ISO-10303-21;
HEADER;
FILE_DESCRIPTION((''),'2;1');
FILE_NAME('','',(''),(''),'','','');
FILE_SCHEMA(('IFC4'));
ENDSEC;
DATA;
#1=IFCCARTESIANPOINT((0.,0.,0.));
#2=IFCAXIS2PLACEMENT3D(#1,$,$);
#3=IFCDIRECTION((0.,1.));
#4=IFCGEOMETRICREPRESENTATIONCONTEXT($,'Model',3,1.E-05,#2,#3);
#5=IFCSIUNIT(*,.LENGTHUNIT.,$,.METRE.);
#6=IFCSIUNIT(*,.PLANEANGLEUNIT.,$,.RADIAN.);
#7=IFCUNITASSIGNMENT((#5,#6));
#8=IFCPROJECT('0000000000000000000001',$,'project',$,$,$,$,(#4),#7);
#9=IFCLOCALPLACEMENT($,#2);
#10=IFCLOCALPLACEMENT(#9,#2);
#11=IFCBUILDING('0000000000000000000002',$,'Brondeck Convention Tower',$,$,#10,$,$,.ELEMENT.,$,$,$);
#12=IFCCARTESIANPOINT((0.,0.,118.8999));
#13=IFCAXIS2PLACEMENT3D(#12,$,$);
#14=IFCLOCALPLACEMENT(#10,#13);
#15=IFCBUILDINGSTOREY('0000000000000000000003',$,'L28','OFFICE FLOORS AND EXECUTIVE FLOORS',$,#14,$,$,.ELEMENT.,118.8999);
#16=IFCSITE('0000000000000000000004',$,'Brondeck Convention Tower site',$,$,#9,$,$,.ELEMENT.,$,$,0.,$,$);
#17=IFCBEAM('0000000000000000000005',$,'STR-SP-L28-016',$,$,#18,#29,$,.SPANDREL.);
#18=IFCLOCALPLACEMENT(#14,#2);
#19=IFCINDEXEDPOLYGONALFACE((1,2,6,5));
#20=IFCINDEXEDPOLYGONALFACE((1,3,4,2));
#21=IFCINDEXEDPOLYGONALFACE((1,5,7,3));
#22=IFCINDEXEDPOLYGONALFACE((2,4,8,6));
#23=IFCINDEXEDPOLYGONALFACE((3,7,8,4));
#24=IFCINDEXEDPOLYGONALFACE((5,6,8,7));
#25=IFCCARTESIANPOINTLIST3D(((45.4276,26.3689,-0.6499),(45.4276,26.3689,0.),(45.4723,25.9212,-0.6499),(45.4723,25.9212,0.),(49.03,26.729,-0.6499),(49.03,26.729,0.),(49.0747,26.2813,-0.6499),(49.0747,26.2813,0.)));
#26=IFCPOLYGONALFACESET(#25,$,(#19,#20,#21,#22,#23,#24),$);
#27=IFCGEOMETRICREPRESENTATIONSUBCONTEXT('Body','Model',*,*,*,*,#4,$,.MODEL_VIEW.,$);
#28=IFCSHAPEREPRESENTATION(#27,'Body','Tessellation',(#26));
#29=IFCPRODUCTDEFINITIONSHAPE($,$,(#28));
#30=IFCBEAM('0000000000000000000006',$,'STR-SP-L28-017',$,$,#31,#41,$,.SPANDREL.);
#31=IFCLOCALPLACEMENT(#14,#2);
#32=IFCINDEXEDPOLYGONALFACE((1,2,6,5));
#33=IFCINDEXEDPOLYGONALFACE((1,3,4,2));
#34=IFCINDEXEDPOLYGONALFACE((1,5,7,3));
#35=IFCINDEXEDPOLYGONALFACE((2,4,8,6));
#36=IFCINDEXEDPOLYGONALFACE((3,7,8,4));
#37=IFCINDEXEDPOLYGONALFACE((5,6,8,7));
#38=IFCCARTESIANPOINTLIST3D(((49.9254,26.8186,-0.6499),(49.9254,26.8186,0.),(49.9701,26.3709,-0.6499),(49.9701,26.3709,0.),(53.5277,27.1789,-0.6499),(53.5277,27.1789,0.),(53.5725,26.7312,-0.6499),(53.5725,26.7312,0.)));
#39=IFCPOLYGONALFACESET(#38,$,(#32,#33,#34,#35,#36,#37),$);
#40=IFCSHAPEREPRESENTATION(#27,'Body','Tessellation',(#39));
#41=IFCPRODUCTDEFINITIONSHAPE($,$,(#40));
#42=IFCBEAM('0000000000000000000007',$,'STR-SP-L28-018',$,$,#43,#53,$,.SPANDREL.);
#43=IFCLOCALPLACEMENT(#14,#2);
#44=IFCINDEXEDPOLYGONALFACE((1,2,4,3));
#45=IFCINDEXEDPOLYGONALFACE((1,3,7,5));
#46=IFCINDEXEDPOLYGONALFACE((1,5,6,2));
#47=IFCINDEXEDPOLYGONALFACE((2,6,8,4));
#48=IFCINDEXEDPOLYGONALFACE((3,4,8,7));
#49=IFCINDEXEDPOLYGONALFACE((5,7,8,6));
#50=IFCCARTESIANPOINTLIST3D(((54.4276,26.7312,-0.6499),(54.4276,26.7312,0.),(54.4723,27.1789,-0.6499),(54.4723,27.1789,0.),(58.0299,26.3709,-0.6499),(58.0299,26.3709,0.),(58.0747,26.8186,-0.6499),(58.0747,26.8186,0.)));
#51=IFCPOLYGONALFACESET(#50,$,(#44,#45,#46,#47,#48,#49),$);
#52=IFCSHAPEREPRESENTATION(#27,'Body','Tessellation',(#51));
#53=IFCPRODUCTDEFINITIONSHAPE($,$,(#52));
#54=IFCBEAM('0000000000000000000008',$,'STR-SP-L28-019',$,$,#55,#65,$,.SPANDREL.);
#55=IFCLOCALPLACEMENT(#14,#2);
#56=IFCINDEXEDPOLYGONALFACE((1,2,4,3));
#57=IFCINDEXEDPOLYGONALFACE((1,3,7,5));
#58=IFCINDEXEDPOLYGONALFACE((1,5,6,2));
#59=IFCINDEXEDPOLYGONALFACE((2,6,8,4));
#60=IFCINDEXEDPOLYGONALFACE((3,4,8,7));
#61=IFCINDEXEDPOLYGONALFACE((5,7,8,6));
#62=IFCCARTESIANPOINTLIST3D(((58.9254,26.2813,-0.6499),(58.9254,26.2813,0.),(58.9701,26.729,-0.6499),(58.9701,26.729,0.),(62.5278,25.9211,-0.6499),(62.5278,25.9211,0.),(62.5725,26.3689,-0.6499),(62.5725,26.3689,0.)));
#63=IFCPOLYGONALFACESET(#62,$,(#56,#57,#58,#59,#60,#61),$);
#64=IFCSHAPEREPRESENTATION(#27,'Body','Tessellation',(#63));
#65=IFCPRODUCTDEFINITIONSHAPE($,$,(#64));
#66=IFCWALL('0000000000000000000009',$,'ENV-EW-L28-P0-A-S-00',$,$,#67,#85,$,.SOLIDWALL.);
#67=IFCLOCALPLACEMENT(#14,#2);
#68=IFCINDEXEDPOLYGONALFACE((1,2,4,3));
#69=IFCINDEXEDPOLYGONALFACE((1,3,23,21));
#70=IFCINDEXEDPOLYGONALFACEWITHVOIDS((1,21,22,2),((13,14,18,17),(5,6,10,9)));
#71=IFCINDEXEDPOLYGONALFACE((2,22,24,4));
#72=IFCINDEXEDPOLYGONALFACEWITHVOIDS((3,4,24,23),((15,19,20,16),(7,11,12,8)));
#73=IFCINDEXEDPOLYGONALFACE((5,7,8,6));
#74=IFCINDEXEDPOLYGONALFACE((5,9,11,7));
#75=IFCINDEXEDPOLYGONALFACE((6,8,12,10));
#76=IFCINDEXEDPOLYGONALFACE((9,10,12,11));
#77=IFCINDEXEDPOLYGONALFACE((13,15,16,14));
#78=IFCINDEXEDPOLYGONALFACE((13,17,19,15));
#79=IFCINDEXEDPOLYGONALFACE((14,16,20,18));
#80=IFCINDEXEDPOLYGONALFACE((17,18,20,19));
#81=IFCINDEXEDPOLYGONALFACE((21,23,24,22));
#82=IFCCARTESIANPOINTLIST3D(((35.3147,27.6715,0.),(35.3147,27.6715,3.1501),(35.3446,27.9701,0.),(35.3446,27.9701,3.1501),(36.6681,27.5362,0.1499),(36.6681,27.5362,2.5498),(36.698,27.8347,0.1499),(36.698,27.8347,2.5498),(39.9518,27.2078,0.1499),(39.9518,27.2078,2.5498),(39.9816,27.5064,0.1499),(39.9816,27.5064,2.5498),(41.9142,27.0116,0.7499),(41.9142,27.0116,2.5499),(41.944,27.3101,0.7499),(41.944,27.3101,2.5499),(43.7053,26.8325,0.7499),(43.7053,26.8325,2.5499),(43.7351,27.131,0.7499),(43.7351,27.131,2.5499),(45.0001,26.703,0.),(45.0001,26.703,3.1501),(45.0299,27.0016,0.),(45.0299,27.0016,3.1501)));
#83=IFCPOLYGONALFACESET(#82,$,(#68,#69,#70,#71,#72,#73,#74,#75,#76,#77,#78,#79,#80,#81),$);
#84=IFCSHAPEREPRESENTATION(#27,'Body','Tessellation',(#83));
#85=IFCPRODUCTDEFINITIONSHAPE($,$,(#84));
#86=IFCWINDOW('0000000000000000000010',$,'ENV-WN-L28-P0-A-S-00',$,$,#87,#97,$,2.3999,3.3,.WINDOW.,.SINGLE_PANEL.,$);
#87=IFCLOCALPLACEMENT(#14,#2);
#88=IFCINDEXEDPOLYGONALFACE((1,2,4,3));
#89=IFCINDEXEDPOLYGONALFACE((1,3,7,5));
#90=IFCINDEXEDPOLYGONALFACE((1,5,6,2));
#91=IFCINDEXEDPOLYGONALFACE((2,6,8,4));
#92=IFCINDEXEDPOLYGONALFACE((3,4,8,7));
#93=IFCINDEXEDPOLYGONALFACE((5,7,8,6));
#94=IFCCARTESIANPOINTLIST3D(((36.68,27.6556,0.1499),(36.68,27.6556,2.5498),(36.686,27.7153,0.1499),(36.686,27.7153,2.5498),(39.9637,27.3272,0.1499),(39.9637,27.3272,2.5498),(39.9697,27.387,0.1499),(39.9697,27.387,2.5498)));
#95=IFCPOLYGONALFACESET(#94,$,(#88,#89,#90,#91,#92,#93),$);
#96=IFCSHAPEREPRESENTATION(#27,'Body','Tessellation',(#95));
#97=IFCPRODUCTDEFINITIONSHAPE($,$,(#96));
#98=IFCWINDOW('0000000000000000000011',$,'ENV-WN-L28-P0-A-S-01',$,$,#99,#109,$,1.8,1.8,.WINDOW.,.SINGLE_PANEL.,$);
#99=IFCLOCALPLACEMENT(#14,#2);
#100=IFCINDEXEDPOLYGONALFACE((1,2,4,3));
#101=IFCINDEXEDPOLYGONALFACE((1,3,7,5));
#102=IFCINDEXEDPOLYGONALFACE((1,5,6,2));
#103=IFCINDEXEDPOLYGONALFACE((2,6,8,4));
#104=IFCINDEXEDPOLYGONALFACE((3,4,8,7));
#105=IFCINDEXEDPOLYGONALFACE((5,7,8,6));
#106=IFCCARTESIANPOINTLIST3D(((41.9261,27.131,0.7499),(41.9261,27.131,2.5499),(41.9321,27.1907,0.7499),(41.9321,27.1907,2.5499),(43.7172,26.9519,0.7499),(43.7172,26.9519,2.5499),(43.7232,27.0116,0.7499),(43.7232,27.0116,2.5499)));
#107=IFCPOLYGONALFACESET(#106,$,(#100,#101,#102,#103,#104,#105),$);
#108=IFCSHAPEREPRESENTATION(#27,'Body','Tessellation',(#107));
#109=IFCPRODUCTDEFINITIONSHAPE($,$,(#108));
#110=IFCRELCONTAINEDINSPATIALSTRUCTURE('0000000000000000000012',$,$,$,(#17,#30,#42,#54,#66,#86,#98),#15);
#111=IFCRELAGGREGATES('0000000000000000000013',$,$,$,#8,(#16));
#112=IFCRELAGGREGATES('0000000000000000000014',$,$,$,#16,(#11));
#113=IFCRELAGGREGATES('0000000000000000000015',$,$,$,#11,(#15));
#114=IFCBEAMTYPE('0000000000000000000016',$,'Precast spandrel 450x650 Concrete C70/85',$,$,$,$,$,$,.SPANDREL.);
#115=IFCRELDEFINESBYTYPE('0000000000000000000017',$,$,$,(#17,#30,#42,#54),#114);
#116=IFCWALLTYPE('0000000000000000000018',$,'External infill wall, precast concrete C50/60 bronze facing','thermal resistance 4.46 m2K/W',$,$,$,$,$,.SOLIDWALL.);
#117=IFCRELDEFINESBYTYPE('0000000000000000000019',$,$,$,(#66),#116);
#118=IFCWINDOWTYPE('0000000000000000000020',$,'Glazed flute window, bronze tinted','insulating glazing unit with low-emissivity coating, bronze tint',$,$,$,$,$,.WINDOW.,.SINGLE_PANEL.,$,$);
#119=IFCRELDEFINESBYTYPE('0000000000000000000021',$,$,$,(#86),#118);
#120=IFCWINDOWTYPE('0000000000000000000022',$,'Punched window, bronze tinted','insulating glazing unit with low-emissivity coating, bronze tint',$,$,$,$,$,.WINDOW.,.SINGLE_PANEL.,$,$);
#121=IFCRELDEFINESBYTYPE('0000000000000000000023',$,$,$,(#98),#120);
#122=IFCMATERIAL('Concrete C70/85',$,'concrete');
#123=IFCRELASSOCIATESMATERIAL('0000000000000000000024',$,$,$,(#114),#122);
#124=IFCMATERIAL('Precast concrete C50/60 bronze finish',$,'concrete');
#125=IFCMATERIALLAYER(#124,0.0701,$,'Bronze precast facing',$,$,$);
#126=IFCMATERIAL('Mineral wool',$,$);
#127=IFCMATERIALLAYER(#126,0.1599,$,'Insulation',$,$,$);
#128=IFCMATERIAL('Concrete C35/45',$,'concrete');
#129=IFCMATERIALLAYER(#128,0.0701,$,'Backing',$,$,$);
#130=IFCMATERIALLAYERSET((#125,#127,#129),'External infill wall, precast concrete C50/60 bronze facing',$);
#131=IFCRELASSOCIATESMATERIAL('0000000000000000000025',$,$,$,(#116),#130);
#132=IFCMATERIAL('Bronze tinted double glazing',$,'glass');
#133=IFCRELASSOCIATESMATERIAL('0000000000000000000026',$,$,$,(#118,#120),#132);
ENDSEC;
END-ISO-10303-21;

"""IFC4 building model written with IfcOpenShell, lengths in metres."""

from ifc_helpers import new_model, si_unit, direction, frame, frame_2d, origin, origin_2d, place, context, subcontext, project, spatial, rectangle, extrude, material, layer, layer_set, material_profile, profile_set, type_object, element, fill, save


model = new_model("IFC4")

# Units and contexts
model_context = context("Model", 3, precision=1e-05, world=origin(), true_north=direction((0.0, 1.0)))
body_context = subcontext(model_context, "Body", "Model", "MODEL_VIEW")
ifc_project = project(units=[si_unit("LENGTHUNIT", "METRE"), si_unit("PLANEANGLEUNIT", "RADIAN")], contexts=[model_context])

# Site, building, storey
site_placement = place(None, origin())
site = spatial("IfcSite", under=ifc_project, at=site_placement, Name="Brondeck Convention Tower site", CompositionType="ELEMENT", RefElevation=0.0)
building_placement = place(site_placement, origin())
building = spatial("IfcBuilding", under=site, at=building_placement, Name="Brondeck Convention Tower", CompositionType="ELEMENT")
storey_placement = place(building_placement, frame((0.0, 0.0, 118.8999)))
storey = spatial("IfcBuildingStorey", under=building, at=storey_placement, Name="L28", Description="OFFICE FLOORS AND EXECUTIVE FLOORS", CompositionType="ELEMENT", Elevation=118.8999)

# Shared definitions
ifc_material_1 = material(Name="Concrete C70/85", Category="concrete")

# Beams
ifc_material_profile_1 = material_profile(ifc_material_1, rectangle(XDim=0.45, YDim=0.6499, at=origin_2d()), Name="Precast spandrel 450x650 Concrete C70/85")
ifc_profile_set_1 = profile_set([ifc_material_profile_1], Name="Concrete C70/85")
beam_type_1 = type_object("IfcBeamType", Name="Precast spandrel 450x650 Concrete C70/85", PredefinedType="SPANDREL", material=ifc_profile_set_1)
for number, where, z_axis, x_axis, name in (
    (1, (45.45, 26.145, -0.325), (0.995041, 0.09947, 0.0), (-0.09947, 0.995041, 0.0), "STR-SP-L28-016"),
    (2, (49.9478, 26.5947, -0.325), (0.995034, 0.099537, 0.0), (-0.099537, 0.995034, 0.0), "STR-SP-L28-017"),
    (3, (54.45, 26.9551, -0.325), (0.995034, -0.099537, 0.0), (0.099537, 0.995034, 0.0), "STR-SP-L28-018"),
    (4, (58.9478, 26.5051, -0.325), (0.995041, -0.09947, 0.0), (0.09947, 0.995041, 0.0), "STR-SP-L28-019"),
):
    element("IfcBeam", number, at=place(storey_placement, frame(where, z_axis=z_axis, x_axis=x_axis)), inside=storey, type_object=beam_type_1, Name=name, PredefinedType="SPANDREL", context=body_context, shape_type="SweptSolid", body=[
        extrude(rectangle(XDim=0.45, YDim=0.6499, at=origin_2d()), origin(), (0.0, 0.0, 1.0), 3.6204),
    ])

# Wall, openings, windows
ifc_material_2 = material(Name="Precast concrete C50/60 bronze finish", Category="concrete")
ifc_layer_1 = layer(ifc_material_2, 0.0701, Name="Bronze precast facing")
ifc_material_3 = material(Name="Mineral wool")
ifc_layer_2 = layer(ifc_material_3, 0.1599, Name="Insulation")
ifc_material_4 = material(Name="Concrete C35/45", Category="concrete")
ifc_layer_3 = layer(ifc_material_4, 0.0701, Name="Backing")
ifc_layer_set = layer_set([ifc_layer_1, ifc_layer_2, ifc_layer_3], Name="External infill wall, precast concrete C50/60 bronze facing")
wall_type = type_object("IfcWallType", Name="External infill wall, precast concrete C50/60 bronze facing", Description="thermal resistance 4.46 m2K/W", PredefinedType="SOLIDWALL", material=ifc_layer_set)
wall_placement = place(storey_placement, frame((45.0149, 26.8523, 0.0), z_axis=(0.0, 0.0, 1.0), x_axis=(-0.995037, 0.099501, 0.0)))
wall = element("IfcWall", 5, at=wall_placement, inside=storey, type_object=wall_type, Name="ENV-EW-L28-P0-A-S-00", PredefinedType="SOLIDWALL", context=body_context, shape_type="SweptSolid", body=[
    extrude(rectangle(XDim=9.7336, YDim=0.3, at=frame_2d((4.8667, 0.0))), origin(), (0.0, 0.0, 1.0), 3.1501),
])
opening_1_placement = place(wall_placement, frame((1.3013, 0.0, 0.75)))
opening_1 = element("IfcOpeningElement", 6, at=opening_1_placement, cuts=wall, PredefinedType="OPENING", context=body_context, shape_type="SweptSolid", body=[
    extrude(rectangle(XDim=1.8, YDim=1.8, at=frame_2d((0.8999, 0.8999))), frame((0.0, 0.1599, 0.0), z_axis=(0.0, -1.0, 0.0), x_axis=(1.0, 0.0, 0.0)), (0.0, 0.0, 1.0), 0.3201),
])
opening_2_placement = place(wall_placement, frame((5.0735, 0.0, 0.1499)))
opening_2 = element("IfcOpeningElement", 7, at=opening_2_placement, cuts=wall, PredefinedType="OPENING", context=body_context, shape_type="SweptSolid", body=[
    extrude(rectangle(XDim=3.3, YDim=2.3999, at=frame_2d((1.6499, 1.2))), frame((0.0, 0.1599, 0.0), z_axis=(0.0, -1.0, 0.0), x_axis=(1.0, 0.0, 0.0)), (0.0, 0.0, 1.0), 0.3201),
])
ifc_material_5 = material(Name="Bronze tinted double glazing", Category="glass")
window_type_1 = type_object("IfcWindowType", Name="Glazed flute window, bronze tinted", Description="insulating glazing unit with low-emissivity coating, bronze tint", PartitioningType="SINGLE_PANEL", PredefinedType="WINDOW", material=ifc_material_5)
window_1_placement = place(opening_2_placement, origin())
window_1 = element("IfcWindow", 8, at=window_1_placement, inside=storey, type_object=window_type_1, Name="ENV-WN-L28-P0-A-S-00", OverallHeight=2.3999, OverallWidth=3.3, PartitioningType="SINGLE_PANEL", PredefinedType="WINDOW", context=body_context, shape_type="SweptSolid", body=[
    extrude(rectangle(XDim=3.3, YDim=2.3999, at=frame_2d((1.6499, 1.2))), frame((0.0, 0.03, 0.0), z_axis=(0.0, -1.0, 0.0), x_axis=(1.0, 0.0, 0.0)), (0.0, 0.0, 1.0), 0.0601),
])
fill(opening_2, window_1)
window_type_2 = type_object("IfcWindowType", Name="Punched window, bronze tinted", Description="insulating glazing unit with low-emissivity coating, bronze tint", PartitioningType="SINGLE_PANEL", PredefinedType="WINDOW", material=ifc_material_5)
window_2_placement = place(opening_1_placement, origin())
window_2 = element("IfcWindow", 9, at=window_2_placement, inside=storey, type_object=window_type_2, Name="ENV-WN-L28-P0-A-S-01", OverallHeight=1.8, OverallWidth=1.8, PartitioningType="SINGLE_PANEL", PredefinedType="WINDOW", context=body_context, shape_type="SweptSolid", body=[
    extrude(rectangle(XDim=1.8, YDim=1.8, at=frame_2d((0.8999, 0.8999))), frame((0.0, 0.03, 0.0), z_axis=(0.0, -1.0, 0.0), x_axis=(1.0, 0.0, 0.0)), (0.0, 0.0, 1.0), 0.0601),
])
fill(opening_1, window_2)

save(model, "model.ifc")
